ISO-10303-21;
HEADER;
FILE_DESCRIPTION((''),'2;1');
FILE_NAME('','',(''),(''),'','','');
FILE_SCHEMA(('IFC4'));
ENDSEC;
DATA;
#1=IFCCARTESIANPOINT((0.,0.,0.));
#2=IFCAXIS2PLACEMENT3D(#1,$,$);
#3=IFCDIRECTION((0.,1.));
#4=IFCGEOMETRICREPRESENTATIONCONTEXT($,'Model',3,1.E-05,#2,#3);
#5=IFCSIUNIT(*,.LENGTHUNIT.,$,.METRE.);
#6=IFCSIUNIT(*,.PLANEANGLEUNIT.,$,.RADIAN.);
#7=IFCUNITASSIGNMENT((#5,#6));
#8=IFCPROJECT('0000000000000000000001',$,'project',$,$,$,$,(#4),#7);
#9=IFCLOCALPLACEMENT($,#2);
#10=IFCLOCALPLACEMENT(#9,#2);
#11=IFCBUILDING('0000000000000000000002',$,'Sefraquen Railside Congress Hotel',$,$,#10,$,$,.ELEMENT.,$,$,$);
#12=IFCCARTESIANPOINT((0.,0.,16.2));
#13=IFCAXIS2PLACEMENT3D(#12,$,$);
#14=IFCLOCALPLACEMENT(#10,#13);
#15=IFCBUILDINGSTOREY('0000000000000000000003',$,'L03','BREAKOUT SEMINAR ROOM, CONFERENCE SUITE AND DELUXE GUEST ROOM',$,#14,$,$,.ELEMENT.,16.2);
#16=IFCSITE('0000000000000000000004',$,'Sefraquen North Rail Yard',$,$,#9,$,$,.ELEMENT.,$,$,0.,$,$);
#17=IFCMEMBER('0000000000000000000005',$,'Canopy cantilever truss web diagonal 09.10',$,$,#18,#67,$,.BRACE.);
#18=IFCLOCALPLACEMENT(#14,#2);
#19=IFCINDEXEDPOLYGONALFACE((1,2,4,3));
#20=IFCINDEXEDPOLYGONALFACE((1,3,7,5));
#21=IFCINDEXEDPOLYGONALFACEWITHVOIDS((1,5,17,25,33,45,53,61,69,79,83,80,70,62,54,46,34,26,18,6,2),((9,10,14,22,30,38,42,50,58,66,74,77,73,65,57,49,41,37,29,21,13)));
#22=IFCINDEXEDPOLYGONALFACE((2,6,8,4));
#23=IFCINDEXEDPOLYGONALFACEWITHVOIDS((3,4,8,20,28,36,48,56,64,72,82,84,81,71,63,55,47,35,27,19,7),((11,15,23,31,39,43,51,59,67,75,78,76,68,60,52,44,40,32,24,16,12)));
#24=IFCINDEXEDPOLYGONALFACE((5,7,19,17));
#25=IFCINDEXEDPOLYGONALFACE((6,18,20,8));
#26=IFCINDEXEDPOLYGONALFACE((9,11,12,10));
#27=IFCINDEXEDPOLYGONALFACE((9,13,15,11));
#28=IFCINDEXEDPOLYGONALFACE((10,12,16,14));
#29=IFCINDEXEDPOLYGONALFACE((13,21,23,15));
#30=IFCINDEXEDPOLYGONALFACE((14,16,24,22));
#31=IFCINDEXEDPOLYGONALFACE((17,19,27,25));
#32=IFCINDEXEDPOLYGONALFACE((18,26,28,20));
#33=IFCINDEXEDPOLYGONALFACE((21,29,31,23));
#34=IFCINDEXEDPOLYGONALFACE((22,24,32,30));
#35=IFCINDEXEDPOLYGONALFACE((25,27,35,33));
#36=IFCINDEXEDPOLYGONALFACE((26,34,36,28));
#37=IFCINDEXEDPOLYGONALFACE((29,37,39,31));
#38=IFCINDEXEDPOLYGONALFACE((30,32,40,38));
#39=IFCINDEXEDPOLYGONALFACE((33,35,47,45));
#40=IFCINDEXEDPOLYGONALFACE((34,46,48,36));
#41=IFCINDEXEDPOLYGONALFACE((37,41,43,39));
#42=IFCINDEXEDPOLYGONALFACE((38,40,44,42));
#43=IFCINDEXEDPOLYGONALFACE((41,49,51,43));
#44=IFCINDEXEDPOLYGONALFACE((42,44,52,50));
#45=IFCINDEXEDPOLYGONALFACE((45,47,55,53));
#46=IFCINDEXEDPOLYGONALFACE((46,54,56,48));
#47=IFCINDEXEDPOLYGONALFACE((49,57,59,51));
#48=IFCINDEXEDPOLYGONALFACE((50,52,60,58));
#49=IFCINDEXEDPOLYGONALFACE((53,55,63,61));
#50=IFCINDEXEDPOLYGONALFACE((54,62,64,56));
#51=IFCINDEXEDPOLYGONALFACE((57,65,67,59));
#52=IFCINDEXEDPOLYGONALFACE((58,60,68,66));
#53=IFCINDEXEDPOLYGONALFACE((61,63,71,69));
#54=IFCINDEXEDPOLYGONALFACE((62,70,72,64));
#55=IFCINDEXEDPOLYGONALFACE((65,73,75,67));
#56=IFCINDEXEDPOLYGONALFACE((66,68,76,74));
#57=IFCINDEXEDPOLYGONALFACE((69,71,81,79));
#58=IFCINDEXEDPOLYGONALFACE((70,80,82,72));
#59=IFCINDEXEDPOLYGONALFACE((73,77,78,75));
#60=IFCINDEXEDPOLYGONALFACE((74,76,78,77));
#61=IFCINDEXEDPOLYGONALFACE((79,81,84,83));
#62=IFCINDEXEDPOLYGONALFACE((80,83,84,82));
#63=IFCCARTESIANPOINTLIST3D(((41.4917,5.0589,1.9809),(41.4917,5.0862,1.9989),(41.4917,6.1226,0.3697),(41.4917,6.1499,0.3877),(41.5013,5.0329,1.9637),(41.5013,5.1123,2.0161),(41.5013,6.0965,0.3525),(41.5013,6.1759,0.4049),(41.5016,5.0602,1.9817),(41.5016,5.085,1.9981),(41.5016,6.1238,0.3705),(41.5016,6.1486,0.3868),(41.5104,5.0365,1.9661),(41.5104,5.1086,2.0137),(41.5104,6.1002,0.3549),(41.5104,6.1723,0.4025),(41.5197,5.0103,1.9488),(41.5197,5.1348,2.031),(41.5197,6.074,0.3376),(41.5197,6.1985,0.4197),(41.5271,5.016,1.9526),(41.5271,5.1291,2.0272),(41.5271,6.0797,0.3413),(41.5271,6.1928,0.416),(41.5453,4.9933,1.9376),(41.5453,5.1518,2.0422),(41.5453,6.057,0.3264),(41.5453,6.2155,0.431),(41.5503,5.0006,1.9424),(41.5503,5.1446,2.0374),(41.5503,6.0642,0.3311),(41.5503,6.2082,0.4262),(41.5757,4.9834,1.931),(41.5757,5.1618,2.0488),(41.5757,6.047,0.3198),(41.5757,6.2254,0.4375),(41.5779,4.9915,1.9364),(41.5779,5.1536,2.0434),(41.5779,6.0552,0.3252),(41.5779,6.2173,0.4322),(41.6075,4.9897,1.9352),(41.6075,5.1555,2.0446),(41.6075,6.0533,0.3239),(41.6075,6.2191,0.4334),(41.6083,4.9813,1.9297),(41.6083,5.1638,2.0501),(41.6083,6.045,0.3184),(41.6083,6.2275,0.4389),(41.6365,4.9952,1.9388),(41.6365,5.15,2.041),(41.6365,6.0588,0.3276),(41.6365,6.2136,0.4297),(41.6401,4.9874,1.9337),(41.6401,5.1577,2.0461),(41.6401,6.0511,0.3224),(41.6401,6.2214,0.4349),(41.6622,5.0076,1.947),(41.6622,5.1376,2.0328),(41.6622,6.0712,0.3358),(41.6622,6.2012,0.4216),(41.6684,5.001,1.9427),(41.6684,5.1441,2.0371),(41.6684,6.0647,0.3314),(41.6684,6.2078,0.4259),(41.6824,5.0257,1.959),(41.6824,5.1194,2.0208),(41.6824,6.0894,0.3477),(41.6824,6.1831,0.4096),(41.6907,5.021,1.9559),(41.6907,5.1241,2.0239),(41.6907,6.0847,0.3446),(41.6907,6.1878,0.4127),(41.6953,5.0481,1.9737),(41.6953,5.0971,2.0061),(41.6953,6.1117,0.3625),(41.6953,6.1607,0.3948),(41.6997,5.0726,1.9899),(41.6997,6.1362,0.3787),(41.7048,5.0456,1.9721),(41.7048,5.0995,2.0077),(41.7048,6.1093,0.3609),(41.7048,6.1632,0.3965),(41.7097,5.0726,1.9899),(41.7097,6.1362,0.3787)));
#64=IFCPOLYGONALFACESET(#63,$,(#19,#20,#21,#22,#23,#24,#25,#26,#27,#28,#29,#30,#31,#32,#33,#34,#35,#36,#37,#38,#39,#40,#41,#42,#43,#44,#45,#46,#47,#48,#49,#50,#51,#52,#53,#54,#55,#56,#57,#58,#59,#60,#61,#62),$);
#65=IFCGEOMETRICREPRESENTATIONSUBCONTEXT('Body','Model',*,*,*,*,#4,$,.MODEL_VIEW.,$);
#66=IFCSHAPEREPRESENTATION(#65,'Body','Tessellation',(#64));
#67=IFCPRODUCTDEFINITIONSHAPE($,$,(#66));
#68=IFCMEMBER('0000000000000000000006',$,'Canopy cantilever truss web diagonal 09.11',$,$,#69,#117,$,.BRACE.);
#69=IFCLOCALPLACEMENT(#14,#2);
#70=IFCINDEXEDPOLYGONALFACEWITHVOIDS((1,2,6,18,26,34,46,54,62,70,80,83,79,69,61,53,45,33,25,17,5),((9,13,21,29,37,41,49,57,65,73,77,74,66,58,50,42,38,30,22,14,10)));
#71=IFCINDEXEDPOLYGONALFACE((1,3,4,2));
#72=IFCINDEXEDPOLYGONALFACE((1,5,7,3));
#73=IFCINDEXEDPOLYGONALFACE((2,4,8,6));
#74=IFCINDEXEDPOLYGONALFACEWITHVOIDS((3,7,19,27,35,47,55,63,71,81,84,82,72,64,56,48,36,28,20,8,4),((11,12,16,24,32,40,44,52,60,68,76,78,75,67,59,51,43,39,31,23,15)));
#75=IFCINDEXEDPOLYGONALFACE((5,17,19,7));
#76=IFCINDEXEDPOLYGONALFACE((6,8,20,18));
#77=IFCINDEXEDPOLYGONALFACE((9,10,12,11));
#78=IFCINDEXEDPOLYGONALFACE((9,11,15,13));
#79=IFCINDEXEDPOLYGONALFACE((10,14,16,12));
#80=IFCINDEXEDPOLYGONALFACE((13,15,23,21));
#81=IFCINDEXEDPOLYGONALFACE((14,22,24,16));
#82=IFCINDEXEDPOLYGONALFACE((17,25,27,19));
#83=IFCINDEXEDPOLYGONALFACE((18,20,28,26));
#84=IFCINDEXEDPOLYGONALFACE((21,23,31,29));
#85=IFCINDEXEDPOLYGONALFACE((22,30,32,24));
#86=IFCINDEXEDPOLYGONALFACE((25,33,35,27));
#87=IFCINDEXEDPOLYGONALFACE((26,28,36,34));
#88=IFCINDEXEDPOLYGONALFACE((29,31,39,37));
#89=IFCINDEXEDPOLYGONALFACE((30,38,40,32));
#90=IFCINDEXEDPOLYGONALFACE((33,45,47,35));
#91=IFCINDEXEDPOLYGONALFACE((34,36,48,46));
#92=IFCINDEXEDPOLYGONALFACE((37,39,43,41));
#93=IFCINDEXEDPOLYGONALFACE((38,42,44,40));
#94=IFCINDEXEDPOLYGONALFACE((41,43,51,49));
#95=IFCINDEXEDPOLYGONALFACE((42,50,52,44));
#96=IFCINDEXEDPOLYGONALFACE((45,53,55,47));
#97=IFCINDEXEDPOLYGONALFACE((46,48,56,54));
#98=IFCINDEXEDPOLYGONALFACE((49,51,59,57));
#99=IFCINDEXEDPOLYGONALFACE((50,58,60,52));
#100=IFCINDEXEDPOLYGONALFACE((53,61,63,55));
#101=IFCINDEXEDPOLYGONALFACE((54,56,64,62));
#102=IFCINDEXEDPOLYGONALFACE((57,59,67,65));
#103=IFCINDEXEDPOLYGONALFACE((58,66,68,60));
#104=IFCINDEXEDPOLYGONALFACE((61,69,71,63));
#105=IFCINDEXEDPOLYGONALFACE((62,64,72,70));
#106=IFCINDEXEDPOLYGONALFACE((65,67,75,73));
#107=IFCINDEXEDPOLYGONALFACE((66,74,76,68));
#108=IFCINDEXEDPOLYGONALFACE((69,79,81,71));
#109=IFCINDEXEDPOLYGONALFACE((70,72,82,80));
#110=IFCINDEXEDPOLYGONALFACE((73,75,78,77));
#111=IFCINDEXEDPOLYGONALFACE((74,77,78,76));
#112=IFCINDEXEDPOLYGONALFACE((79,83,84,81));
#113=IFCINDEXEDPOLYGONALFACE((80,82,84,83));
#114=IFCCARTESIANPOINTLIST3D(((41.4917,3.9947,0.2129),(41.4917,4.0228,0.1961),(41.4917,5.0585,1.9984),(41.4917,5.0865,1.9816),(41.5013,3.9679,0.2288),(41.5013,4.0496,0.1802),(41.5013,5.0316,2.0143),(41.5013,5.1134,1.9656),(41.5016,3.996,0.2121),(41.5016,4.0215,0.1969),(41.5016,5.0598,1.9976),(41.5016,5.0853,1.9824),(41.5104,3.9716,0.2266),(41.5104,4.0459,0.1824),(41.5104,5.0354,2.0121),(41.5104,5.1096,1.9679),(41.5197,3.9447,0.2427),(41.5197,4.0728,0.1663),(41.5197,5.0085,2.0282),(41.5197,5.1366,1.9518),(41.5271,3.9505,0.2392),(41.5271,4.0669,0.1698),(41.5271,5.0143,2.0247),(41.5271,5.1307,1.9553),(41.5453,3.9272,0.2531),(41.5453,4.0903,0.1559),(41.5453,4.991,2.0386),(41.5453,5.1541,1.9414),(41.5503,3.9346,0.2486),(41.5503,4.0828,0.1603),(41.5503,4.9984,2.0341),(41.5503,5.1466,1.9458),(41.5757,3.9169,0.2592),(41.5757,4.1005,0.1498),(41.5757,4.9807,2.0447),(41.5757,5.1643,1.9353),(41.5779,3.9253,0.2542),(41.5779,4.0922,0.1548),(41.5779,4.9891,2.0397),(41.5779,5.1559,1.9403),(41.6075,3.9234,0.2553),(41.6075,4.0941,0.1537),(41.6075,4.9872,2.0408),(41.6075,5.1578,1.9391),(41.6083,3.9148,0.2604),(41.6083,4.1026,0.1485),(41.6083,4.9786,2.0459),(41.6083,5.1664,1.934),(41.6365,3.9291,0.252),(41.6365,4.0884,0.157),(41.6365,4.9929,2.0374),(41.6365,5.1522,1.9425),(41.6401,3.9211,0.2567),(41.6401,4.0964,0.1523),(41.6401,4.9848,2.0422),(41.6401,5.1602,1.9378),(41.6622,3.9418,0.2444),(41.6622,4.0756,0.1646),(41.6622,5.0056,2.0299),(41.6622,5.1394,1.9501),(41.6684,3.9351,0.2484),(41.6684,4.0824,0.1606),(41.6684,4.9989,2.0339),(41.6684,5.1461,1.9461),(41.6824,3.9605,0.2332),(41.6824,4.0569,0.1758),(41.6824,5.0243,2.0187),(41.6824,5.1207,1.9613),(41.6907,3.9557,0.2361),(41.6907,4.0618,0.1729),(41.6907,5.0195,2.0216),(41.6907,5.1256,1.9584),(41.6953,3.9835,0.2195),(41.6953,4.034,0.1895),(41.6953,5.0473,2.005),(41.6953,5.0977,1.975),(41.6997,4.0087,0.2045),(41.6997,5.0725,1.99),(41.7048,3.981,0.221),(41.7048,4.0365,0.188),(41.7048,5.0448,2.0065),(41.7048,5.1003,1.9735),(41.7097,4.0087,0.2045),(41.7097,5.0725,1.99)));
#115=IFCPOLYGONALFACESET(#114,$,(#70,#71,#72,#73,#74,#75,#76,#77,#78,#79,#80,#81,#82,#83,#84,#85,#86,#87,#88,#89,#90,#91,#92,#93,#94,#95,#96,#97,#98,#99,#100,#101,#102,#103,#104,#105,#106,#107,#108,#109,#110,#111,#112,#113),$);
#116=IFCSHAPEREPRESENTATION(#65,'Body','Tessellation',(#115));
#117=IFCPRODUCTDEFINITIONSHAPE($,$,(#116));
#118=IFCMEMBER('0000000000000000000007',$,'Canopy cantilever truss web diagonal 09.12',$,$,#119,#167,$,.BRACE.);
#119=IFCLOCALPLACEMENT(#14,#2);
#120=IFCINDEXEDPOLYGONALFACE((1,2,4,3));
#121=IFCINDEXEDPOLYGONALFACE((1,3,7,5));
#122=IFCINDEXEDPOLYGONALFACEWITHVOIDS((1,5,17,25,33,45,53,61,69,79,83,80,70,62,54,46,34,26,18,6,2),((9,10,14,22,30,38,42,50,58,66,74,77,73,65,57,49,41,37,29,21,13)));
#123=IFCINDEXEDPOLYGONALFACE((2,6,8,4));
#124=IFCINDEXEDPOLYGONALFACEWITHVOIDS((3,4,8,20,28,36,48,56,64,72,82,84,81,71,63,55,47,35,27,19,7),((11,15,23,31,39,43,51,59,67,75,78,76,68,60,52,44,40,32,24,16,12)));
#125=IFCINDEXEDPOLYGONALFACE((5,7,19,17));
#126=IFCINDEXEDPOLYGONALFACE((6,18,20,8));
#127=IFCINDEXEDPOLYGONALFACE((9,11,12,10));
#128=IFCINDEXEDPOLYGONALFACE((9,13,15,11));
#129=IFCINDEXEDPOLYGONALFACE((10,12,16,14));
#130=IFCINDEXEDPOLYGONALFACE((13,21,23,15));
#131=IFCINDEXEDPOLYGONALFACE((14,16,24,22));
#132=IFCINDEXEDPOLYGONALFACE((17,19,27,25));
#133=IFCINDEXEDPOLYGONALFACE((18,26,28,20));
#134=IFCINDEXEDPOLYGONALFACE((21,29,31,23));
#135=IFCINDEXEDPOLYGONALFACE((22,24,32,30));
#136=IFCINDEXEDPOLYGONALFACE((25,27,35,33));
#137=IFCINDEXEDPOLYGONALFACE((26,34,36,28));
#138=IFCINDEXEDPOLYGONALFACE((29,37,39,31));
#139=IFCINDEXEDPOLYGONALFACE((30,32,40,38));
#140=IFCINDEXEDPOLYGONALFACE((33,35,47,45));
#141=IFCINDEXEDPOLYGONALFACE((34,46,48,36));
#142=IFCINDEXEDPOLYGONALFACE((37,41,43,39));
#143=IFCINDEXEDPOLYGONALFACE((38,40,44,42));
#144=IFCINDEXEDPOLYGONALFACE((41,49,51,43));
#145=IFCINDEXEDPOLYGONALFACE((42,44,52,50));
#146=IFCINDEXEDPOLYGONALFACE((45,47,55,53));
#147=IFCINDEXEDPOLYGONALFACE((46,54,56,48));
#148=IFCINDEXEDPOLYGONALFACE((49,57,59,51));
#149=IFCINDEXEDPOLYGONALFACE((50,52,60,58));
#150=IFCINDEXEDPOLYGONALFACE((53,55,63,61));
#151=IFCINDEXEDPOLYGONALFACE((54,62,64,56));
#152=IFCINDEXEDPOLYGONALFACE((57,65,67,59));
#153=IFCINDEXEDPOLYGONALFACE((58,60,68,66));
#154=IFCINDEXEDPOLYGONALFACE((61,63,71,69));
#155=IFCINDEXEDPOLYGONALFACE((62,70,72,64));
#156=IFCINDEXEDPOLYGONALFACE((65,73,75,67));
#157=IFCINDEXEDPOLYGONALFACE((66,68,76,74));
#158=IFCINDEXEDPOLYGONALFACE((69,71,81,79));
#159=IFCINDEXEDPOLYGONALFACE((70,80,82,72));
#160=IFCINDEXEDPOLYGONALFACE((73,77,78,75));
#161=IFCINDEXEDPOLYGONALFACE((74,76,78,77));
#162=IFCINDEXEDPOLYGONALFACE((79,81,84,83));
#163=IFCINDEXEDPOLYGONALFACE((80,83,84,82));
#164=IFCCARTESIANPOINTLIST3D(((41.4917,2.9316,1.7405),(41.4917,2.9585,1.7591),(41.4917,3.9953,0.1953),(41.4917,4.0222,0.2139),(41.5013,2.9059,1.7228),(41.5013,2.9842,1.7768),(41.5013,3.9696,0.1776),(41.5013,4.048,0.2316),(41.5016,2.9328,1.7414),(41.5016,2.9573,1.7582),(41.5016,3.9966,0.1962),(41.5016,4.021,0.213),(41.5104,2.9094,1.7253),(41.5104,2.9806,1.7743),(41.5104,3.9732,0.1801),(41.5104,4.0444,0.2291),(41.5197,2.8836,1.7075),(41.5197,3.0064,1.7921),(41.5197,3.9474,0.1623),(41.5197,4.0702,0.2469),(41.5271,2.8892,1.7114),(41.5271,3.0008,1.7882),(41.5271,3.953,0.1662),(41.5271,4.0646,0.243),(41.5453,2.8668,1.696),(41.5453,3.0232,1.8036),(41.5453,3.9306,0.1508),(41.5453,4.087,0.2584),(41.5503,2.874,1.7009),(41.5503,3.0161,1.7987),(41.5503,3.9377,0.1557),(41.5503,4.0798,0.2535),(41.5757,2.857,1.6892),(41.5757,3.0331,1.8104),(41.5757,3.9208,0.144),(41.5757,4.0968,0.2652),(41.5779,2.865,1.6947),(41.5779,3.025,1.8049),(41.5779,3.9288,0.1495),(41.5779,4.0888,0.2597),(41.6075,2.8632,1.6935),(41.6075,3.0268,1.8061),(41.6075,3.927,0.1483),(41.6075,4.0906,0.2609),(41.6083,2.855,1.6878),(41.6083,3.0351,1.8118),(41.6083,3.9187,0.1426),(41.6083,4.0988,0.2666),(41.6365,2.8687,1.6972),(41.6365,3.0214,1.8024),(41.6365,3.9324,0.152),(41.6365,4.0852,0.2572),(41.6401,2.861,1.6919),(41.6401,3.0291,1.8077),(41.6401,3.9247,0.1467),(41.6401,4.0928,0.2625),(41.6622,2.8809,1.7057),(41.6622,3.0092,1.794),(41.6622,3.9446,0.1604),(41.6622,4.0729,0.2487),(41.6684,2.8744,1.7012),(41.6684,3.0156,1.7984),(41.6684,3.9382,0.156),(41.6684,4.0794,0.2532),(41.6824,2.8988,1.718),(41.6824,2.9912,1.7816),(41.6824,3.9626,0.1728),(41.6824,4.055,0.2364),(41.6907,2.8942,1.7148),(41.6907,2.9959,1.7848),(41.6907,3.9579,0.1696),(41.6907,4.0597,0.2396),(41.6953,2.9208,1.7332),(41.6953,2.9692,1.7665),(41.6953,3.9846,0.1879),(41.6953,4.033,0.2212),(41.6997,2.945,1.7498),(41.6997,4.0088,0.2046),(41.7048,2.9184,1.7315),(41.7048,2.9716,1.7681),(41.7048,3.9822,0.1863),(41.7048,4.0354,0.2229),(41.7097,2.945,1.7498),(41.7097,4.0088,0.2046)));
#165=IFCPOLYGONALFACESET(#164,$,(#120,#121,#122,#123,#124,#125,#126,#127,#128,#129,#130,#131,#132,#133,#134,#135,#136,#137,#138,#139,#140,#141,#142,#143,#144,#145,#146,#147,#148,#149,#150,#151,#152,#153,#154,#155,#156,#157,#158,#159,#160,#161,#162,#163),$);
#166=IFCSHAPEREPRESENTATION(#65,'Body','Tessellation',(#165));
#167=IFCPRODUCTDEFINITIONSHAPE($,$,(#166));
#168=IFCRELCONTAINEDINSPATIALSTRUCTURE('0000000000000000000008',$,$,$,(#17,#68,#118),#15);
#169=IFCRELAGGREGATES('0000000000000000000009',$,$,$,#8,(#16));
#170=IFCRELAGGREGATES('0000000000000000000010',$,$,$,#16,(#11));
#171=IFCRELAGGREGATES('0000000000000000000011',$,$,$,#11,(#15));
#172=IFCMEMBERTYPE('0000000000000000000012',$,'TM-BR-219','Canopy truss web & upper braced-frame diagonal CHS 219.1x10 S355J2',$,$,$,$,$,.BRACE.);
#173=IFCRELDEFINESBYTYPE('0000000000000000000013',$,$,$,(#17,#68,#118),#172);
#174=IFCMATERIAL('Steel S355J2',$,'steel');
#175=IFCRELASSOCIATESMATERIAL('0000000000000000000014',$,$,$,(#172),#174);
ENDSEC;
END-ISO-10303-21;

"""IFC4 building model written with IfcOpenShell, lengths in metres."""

from ifc_helpers import new_model, si_unit, direction, frame, origin, origin_2d, place, context, subcontext, project, spatial, hollow_circle, extrude, material, material_profile, profile_set, type_object, element, save


model = new_model("IFC4")

# Units and contexts
model_context = context("Model", 3, precision=1e-05, world=origin(), true_north=direction((0.0, 1.0)))
body_context = subcontext(model_context, "Body", "Model", "MODEL_VIEW")
ifc_project = project(units=[si_unit("LENGTHUNIT", "METRE"), si_unit("PLANEANGLEUNIT", "RADIAN")], contexts=[model_context])

# Site, building, storey
site_placement = place(None, origin())
site = spatial("IfcSite", under=ifc_project, at=site_placement, Name="Sefraquen North Rail Yard", CompositionType="ELEMENT", RefElevation=0.0)
building_placement = place(site_placement, origin())
building = spatial("IfcBuilding", under=site, at=building_placement, Name="Sefraquen Railside Congress Hotel", CompositionType="ELEMENT")
storey_placement = place(building_placement, frame((0.0, 0.0, 16.2)))
storey = spatial("IfcBuildingStorey", under=building, at=storey_placement, Name="L03", Description="BREAKOUT SEMINAR ROOM, CONFERENCE SUITE AND DELUXE GUEST ROOM", CompositionType="ELEMENT", Elevation=16.2)

# Members
ifc_material_1 = material(Name="Steel S355J2", Category="steel")
ifc_material_profile_1 = material_profile(ifc_material_1, hollow_circle(Radius=0.1096, WallThickness=0.01, at=origin_2d()), Name="CHS 219.1x10")
ifc_profile_set_1 = profile_set([ifc_material_profile_1], Name="Steel S355J2")
member_type_1 = type_object("IfcMemberType", Name="TM-BR-219", Description="Canopy truss web & upper braced-frame diagonal CHS 219.1x10 S355J2", PredefinedType="BRACE", material=ifc_profile_set_1)
member_1_placement = place(storey_placement, frame((41.6001, 6.1362, 0.3787), z_axis=(0.0, -0.55093, 0.834551), x_axis=(1.0, 0.0, 0.0)))
element("IfcMember", 1, at=member_1_placement, inside=storey, type_object=member_type_1, Name="Canopy cantilever truss web diagonal 09.10", PredefinedType="BRACE", context=body_context, shape_type="SweptSolid", body=[
    extrude(hollow_circle(Radius=0.1096, WallThickness=0.01, at=origin_2d()), origin(), (0.0, 0.0, 1.0), 1.9307),
])
member_2_placement = place(storey_placement, frame((41.6001, 5.0725, 1.99), z_axis=(0.0, -0.511833, -0.859085), x_axis=(1.0, 0.0, 0.0)))
element("IfcMember", 2, at=member_2_placement, inside=storey, type_object=member_type_1, Name="Canopy cantilever truss web diagonal 09.11", PredefinedType="BRACE", context=body_context, shape_type="SweptSolid", body=[
    extrude(hollow_circle(Radius=0.1096, WallThickness=0.01, at=origin_2d()), origin(), (0.0, 0.0, 1.0), 2.0784),
])
member_3_placement = place(storey_placement, frame((41.6001, 4.0088, 0.2046), z_axis=(0.0, -0.567042, 0.823689), x_axis=(1.0, 0.0, 0.0)))
element("IfcMember", 3, at=member_3_placement, inside=storey, type_object=member_type_1, Name="Canopy cantilever truss web diagonal 09.12", PredefinedType="BRACE", context=body_context, shape_type="SweptSolid", body=[
    extrude(hollow_circle(Radius=0.1096, WallThickness=0.01, at=origin_2d()), origin(), (0.0, 0.0, 1.0), 1.876),
])

save(model, "model.ifc")
